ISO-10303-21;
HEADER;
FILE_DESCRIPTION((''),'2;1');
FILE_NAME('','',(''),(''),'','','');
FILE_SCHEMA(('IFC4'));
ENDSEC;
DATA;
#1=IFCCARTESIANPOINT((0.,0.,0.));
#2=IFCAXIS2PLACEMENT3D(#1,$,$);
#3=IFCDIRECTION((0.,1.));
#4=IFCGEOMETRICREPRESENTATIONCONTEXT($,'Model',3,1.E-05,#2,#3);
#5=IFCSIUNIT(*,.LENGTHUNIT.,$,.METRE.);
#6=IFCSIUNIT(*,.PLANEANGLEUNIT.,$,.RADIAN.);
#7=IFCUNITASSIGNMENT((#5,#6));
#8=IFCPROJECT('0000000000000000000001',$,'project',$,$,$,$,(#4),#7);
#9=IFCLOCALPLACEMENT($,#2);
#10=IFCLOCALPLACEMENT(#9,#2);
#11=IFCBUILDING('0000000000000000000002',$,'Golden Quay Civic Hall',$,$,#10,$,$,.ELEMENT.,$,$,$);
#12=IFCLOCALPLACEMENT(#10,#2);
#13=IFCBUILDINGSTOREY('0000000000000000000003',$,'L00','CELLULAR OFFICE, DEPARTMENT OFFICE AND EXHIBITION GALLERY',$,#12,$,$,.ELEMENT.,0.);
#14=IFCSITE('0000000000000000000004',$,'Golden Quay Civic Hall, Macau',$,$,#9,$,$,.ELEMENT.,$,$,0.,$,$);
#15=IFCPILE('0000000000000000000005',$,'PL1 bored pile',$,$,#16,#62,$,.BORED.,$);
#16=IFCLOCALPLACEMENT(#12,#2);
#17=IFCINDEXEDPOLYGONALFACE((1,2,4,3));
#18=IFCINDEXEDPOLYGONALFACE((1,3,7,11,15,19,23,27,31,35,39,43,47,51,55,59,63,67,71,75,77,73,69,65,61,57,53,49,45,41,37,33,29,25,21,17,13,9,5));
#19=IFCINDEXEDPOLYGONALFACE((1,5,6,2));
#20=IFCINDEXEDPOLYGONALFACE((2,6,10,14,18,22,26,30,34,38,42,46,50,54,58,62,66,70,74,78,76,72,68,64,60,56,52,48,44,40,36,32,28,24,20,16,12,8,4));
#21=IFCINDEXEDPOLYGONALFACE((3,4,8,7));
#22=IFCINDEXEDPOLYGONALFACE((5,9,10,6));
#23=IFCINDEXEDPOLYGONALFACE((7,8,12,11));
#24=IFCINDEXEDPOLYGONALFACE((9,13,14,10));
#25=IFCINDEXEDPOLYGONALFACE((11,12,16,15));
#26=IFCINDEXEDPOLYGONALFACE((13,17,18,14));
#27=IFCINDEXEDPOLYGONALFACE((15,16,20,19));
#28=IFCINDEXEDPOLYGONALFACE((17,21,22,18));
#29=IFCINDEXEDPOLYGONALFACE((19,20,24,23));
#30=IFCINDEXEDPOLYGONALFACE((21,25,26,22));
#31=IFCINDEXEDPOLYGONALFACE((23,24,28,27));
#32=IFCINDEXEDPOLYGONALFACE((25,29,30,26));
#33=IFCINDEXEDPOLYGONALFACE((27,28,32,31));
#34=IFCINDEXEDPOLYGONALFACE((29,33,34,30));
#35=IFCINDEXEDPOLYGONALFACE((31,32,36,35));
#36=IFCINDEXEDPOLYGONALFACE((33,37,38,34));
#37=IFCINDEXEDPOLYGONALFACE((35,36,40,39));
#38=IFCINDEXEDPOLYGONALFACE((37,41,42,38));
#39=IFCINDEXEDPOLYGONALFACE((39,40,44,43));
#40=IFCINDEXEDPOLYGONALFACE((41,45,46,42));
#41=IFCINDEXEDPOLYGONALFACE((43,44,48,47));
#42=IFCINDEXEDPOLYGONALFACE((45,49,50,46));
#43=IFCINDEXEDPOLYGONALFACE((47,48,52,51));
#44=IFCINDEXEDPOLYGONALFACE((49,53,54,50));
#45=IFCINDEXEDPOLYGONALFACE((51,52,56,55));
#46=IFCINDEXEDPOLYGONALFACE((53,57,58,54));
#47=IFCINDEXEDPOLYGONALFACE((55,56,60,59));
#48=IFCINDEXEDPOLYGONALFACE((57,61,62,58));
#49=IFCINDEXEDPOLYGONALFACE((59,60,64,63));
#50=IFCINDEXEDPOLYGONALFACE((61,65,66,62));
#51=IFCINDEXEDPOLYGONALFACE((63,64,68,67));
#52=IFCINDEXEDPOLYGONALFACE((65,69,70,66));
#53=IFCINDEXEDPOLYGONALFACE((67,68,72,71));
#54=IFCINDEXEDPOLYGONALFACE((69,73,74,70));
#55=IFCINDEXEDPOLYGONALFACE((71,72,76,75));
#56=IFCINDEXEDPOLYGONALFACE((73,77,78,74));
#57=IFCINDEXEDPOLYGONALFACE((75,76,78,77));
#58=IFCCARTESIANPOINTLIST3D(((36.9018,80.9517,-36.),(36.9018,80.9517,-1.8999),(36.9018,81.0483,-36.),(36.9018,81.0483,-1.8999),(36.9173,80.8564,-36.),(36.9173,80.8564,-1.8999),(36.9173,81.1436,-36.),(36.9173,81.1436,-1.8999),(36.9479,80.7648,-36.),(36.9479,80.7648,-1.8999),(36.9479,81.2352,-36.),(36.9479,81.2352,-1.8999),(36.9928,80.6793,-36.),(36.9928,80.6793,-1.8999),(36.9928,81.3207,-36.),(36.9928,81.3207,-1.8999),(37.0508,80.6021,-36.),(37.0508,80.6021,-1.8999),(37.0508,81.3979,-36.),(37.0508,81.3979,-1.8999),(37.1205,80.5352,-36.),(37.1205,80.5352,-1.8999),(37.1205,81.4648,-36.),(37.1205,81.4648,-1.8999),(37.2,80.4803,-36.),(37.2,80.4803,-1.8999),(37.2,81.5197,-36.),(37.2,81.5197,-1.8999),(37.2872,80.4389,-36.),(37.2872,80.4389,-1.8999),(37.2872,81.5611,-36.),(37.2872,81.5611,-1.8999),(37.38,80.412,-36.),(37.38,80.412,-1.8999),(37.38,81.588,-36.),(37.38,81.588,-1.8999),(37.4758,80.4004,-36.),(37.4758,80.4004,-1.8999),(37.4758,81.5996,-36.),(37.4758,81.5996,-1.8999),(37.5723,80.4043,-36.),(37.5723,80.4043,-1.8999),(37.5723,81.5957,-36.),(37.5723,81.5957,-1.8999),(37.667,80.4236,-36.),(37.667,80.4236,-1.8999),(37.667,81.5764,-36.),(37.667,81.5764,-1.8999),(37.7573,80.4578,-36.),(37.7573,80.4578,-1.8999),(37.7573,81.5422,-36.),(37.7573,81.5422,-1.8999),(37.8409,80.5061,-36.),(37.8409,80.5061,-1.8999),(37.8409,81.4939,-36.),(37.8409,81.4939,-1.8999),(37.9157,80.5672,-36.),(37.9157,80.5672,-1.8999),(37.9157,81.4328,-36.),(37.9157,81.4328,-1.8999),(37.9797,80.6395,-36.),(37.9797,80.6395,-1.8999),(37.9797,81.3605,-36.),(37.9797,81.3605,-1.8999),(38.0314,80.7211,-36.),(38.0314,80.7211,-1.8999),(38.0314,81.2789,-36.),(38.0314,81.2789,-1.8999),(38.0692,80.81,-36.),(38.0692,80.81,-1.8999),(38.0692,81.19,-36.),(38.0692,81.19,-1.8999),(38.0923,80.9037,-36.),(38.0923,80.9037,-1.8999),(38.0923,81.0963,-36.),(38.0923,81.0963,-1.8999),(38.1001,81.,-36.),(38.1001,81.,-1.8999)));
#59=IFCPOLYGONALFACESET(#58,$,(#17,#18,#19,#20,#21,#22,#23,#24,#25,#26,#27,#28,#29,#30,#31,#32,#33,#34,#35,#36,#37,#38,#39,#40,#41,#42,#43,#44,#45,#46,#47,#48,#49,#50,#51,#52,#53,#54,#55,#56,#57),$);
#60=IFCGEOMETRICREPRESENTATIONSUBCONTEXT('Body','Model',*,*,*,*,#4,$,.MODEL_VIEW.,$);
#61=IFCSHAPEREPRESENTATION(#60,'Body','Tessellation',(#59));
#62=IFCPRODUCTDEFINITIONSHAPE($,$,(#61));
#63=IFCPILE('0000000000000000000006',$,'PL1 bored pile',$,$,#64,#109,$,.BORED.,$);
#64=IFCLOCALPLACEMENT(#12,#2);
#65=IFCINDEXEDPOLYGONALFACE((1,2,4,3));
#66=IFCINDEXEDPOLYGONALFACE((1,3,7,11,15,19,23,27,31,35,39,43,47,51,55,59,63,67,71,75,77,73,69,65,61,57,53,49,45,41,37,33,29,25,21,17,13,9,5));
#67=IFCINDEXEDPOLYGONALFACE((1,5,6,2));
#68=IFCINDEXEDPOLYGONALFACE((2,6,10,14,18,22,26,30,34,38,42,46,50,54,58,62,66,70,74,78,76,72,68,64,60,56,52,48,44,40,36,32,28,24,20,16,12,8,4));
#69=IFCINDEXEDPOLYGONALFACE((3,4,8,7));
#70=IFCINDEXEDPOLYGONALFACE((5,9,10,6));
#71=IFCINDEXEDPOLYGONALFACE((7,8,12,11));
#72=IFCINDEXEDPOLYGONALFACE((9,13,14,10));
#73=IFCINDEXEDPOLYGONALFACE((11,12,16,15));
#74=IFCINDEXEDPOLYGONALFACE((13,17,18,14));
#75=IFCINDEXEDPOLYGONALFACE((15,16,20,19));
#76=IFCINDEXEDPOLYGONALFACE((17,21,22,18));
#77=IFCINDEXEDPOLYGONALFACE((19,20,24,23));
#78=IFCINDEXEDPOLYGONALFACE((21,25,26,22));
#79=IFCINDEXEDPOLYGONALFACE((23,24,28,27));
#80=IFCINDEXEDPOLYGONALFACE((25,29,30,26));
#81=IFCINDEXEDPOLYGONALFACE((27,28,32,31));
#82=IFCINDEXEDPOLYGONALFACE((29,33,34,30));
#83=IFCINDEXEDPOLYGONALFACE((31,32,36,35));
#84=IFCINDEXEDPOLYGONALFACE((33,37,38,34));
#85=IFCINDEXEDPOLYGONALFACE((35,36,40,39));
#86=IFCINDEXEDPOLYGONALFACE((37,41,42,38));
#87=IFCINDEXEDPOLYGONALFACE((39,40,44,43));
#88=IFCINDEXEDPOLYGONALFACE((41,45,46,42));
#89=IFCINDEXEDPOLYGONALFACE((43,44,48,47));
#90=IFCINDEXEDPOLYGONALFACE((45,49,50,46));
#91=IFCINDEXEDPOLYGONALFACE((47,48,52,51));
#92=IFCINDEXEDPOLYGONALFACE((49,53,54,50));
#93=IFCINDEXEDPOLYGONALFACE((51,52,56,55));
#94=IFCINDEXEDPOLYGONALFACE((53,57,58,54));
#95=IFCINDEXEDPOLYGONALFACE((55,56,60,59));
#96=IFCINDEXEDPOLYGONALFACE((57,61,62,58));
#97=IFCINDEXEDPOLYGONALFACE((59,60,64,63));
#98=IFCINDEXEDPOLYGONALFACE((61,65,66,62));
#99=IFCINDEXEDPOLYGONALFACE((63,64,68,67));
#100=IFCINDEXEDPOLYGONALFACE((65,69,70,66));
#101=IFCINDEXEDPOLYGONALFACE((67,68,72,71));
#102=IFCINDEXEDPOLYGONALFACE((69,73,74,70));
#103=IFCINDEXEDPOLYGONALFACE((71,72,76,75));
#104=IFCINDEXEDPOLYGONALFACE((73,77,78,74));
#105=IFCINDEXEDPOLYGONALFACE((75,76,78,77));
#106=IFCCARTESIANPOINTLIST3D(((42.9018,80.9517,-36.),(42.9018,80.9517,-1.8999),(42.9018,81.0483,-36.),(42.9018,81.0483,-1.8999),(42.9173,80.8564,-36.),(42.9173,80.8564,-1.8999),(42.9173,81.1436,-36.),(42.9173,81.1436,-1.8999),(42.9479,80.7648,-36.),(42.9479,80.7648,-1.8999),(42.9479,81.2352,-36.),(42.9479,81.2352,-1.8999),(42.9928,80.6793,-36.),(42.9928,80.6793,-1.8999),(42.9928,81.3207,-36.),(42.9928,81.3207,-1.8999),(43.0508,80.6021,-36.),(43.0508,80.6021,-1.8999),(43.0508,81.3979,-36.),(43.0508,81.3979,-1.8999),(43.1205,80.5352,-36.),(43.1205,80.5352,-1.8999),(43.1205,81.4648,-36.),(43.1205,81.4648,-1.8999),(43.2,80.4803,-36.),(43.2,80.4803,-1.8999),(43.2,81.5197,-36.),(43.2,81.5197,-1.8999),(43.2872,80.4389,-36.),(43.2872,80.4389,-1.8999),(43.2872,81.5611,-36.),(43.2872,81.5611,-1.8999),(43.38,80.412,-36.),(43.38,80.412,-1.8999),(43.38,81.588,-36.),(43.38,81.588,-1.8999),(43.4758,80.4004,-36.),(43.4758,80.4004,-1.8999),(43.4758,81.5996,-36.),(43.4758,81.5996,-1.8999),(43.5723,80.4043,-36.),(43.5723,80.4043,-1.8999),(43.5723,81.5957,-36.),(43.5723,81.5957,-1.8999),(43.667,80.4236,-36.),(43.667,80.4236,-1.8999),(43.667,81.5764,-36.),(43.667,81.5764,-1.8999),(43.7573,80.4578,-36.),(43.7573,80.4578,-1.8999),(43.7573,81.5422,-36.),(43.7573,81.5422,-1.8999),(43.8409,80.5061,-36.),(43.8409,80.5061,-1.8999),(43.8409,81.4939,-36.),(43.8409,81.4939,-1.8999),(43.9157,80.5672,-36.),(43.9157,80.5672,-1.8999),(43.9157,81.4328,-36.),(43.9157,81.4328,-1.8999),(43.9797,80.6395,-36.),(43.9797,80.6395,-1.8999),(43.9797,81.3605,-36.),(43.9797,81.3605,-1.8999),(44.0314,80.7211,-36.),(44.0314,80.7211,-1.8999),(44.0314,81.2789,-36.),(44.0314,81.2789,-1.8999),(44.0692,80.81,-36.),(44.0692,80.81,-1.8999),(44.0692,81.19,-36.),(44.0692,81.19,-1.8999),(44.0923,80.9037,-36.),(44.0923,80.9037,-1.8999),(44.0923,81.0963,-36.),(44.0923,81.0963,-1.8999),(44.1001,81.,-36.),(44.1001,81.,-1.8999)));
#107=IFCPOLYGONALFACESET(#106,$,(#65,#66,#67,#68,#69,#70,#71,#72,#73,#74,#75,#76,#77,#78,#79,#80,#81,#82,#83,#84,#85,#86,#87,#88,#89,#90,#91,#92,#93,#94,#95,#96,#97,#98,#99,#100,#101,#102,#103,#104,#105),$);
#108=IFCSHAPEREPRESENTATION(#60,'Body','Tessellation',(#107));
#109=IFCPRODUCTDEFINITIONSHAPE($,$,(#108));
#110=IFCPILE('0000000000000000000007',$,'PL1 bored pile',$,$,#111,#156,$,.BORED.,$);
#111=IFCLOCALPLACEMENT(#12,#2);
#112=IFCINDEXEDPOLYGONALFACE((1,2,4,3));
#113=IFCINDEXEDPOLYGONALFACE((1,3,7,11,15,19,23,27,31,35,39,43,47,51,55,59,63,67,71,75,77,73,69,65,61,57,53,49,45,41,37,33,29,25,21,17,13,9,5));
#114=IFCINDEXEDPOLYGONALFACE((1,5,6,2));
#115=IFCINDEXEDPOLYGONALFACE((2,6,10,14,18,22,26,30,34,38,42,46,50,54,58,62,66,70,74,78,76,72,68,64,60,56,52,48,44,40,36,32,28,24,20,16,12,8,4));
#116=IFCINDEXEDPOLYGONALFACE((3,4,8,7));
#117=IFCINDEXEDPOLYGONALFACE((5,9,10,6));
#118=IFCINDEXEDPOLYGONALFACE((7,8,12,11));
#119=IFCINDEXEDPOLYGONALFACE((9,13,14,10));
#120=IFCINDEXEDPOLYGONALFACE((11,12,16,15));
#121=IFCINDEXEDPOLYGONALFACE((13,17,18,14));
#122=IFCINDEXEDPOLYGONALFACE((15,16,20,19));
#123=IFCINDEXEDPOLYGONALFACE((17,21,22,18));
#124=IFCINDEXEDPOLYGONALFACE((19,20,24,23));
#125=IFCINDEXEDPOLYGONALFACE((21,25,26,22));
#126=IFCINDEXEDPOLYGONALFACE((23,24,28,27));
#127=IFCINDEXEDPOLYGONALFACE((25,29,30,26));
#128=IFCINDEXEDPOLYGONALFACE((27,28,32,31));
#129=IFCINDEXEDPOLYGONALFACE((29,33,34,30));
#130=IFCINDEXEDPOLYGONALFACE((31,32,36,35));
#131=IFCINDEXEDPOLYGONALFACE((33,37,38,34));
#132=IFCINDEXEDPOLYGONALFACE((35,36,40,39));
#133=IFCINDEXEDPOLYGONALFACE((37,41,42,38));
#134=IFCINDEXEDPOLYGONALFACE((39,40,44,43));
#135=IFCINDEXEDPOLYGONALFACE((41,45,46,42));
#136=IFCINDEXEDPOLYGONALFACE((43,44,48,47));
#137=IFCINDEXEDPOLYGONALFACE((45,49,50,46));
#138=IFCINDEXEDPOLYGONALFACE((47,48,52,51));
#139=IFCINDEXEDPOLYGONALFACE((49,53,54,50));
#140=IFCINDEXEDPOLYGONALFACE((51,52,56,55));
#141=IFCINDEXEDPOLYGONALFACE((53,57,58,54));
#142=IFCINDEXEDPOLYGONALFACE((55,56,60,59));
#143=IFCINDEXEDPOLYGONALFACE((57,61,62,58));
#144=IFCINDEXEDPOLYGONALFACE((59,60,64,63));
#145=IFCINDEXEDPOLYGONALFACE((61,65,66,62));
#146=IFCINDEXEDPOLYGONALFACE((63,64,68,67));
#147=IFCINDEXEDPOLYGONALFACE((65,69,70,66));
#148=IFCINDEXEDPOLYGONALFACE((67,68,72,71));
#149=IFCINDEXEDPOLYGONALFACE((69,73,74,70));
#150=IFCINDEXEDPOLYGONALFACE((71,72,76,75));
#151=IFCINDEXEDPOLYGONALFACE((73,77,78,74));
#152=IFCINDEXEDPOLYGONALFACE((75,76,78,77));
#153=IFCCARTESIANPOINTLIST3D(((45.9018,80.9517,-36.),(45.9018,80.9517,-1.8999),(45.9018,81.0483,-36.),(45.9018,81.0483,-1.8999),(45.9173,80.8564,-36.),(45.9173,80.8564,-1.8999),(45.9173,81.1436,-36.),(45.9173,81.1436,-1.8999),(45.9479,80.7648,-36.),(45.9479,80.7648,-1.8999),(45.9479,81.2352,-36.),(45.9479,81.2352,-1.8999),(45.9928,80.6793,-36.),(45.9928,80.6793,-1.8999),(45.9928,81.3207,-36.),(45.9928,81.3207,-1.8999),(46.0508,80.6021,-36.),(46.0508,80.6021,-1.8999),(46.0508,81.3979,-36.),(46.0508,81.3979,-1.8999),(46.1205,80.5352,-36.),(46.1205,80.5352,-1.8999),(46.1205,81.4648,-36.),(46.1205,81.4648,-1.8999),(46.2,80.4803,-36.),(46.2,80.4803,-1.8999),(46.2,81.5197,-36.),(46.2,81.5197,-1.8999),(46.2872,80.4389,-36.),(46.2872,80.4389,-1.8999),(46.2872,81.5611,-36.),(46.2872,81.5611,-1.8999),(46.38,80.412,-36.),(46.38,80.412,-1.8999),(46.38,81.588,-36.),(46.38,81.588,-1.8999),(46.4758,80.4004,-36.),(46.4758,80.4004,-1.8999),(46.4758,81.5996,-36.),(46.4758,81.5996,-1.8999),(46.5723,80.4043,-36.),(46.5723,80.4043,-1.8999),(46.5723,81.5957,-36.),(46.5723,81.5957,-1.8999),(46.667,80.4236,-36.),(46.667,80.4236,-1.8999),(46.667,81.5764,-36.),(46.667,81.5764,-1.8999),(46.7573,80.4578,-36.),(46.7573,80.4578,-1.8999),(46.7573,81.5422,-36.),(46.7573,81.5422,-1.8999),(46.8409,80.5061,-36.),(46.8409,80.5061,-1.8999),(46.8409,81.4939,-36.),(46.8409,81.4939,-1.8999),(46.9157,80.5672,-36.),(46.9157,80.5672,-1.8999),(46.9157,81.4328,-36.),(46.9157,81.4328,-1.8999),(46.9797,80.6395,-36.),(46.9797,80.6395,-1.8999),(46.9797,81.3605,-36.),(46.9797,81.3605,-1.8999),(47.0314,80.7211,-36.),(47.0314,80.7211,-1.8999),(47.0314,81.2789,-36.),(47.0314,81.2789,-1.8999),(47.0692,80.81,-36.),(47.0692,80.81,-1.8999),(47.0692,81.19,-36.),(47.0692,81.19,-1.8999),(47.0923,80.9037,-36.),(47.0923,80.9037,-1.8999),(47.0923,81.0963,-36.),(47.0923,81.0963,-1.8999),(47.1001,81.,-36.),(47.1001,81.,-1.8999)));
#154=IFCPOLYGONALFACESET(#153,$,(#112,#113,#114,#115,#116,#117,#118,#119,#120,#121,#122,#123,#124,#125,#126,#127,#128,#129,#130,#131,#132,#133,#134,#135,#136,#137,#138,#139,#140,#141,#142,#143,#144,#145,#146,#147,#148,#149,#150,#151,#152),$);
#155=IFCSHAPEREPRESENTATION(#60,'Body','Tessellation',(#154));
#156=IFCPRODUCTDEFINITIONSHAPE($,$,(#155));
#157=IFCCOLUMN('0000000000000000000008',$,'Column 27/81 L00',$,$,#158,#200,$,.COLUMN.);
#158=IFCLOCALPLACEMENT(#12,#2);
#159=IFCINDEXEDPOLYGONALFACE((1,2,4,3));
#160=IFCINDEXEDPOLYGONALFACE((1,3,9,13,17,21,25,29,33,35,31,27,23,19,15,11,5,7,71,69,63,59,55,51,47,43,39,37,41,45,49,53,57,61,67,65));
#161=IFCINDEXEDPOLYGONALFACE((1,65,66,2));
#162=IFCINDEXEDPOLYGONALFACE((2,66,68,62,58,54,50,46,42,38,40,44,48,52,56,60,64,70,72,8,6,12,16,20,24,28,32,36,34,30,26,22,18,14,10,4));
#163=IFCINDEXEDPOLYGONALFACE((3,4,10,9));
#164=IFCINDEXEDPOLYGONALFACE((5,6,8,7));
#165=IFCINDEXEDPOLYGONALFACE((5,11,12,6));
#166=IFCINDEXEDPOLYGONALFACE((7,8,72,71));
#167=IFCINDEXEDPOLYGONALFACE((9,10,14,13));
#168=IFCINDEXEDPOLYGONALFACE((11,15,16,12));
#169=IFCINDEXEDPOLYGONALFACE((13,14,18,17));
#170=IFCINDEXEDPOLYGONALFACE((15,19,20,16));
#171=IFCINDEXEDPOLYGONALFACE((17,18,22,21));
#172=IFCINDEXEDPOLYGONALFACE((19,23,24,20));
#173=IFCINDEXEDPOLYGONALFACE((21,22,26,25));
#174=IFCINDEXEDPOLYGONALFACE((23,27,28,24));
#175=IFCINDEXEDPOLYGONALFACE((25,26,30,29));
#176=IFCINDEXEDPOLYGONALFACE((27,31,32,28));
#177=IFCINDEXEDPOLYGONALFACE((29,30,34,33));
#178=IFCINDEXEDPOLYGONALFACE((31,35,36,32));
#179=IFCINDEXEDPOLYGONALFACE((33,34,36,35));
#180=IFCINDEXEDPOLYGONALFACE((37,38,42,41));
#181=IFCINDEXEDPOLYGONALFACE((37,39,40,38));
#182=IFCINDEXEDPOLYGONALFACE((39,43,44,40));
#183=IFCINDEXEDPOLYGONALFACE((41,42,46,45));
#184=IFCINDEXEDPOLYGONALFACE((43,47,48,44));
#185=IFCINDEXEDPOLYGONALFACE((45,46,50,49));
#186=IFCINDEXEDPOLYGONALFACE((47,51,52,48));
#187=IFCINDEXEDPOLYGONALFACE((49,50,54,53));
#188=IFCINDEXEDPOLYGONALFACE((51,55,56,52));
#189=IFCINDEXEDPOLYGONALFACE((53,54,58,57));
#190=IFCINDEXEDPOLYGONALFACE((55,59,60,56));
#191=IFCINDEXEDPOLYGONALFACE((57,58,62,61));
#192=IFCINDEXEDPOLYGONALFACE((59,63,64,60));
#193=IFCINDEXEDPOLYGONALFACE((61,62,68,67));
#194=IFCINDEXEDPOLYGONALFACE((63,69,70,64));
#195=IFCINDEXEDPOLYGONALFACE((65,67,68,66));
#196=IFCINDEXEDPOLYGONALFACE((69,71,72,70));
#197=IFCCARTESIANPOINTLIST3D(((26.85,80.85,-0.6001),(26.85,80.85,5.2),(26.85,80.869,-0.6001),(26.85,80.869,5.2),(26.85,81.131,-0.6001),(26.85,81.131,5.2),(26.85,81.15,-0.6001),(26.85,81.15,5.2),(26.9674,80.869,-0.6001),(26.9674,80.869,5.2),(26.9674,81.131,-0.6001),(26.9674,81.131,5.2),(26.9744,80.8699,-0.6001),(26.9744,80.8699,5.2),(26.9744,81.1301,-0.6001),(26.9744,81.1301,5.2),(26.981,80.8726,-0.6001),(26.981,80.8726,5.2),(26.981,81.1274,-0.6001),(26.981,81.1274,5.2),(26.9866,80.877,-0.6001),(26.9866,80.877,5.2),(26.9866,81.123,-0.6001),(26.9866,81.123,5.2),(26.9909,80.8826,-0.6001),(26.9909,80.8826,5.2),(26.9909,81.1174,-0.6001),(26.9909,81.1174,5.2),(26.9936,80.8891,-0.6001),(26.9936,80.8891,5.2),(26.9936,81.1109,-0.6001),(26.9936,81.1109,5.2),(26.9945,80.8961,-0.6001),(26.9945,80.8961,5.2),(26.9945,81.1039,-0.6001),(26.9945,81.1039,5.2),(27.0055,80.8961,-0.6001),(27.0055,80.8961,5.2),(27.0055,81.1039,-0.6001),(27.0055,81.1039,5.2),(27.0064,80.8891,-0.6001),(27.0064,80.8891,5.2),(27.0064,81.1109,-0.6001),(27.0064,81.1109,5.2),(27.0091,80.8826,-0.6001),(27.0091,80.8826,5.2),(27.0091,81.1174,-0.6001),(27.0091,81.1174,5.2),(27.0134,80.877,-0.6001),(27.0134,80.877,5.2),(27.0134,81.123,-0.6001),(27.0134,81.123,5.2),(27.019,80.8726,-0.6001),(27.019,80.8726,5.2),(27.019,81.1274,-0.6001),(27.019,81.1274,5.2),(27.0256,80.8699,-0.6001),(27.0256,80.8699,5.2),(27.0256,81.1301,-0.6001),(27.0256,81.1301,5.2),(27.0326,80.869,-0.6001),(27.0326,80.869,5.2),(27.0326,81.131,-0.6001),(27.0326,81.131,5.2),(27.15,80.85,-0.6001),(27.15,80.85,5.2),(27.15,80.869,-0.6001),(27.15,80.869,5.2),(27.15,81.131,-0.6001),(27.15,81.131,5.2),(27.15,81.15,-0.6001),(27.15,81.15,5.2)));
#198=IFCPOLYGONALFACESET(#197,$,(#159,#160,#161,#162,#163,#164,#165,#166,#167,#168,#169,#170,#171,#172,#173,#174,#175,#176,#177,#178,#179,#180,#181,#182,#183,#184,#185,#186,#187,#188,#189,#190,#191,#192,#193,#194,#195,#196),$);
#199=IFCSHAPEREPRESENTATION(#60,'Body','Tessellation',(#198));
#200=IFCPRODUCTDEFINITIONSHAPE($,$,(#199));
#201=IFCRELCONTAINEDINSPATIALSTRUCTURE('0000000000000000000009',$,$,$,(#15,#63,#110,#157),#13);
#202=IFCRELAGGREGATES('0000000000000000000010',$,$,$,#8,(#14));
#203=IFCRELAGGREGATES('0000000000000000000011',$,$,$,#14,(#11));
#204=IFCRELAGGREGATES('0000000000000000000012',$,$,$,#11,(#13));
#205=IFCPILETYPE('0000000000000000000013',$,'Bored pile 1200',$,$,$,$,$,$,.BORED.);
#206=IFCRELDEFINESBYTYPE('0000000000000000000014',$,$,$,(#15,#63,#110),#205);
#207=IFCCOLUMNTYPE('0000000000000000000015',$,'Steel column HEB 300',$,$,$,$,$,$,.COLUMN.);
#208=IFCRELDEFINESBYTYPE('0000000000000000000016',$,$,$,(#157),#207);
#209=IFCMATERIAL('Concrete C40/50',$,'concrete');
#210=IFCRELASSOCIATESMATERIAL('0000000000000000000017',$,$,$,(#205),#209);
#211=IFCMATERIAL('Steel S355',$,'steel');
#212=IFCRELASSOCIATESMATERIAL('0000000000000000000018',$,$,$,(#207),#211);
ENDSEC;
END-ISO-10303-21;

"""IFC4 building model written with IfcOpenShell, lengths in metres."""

from ifc_helpers import new_model, si_unit, direction, frame, origin, origin_2d, place, context, subcontext, project, spatial, circle, i_section, extrude, material, material_profile, profile_set, type_object, element, save


model = new_model("IFC4")

# Units and contexts
model_context = context("Model", 3, precision=1e-05, world=origin(), true_north=direction((0.0, 1.0)))
body_context = subcontext(model_context, "Body", "Model", "MODEL_VIEW")
ifc_project = project(units=[si_unit("LENGTHUNIT", "METRE"), si_unit("PLANEANGLEUNIT", "RADIAN")], contexts=[model_context])

# Site, building, storey
site_placement = place(None, origin())
site = spatial("IfcSite", under=ifc_project, at=site_placement, Name="Golden Quay Civic Hall, Macau", CompositionType="ELEMENT", RefElevation=0.0)
building_placement = place(site_placement, origin())
building = spatial("IfcBuilding", under=site, at=building_placement, Name="Golden Quay Civic Hall", CompositionType="ELEMENT")
storey_placement = place(building_placement, origin())
storey = spatial("IfcBuildingStorey", under=building, at=storey_placement, Name="L00", Description="CELLULAR OFFICE, DEPARTMENT OFFICE AND EXHIBITION GALLERY", CompositionType="ELEMENT", Elevation=0.0)

# Piles
ifc_material_1 = material(Name="Concrete C40/50", Category="concrete")
ifc_material_profile_1 = material_profile(ifc_material_1, circle(Radius=0.6001, at=origin_2d()), Name="RC D1200")
ifc_profile_set_1 = profile_set([ifc_material_profile_1], Name="Concrete C40/50")
pile_type = type_object("IfcPileType", Name="Bored pile 1200", PredefinedType="BORED", material=ifc_profile_set_1)
for number, where, z_axis, x_axis, name in (
    (1, (37.5, 81.0, -1.8999), (0.0, 0.0, -1.0), (1.0, 0.0, 0.0), "PL1 bored pile"),
    (2, (43.5, 81.0, -1.8999), (0.0, 0.0, -1.0), (1.0, 0.0, 0.0), "PL1 bored pile"),
    (3, (46.5, 81.0, -1.8999), (0.0, 0.0, -1.0), (1.0, 0.0, 0.0), "PL1 bored pile"),
):
    element("IfcPile", number, at=place(storey_placement, frame(where, z_axis=z_axis, x_axis=x_axis)), inside=storey, type_object=pile_type, Name=name, PredefinedType="BORED", context=body_context, shape_type="SweptSolid", body=[
        extrude(circle(Radius=0.6001, at=origin_2d()), origin(), (0.0, 0.0, 1.0), 34.1001),
    ])

# Column
ifc_material_2 = material(Name="Steel S355", Category="steel")
ifc_material_profile_2 = material_profile(ifc_material_2, i_section(OverallWidth=0.3, OverallDepth=0.3, WebThickness=0.011, FlangeThickness=0.019, FilletRadius=0.0271, at=origin_2d()), Name="HEB 300")
ifc_profile_set_2 = profile_set([ifc_material_profile_2], Name="Steel S355")
column_type = type_object("IfcColumnType", Name="Steel column HEB 300", PredefinedType="COLUMN", material=ifc_profile_set_2)
for number, where, z_axis, x_axis, name in (
    (4, (27.0, 81.0, -0.6001), (0.0, 0.0, 1.0), (1.0, 0.0, 0.0), "Column 27/81 L00"),
):
    element("IfcColumn", number, at=place(storey_placement, frame(where, z_axis=z_axis, x_axis=x_axis)), inside=storey, type_object=column_type, Name=name, PredefinedType="COLUMN", context=body_context, shape_type="SweptSolid", body=[
        extrude(i_section(OverallWidth=0.3, OverallDepth=0.3, WebThickness=0.011, FlangeThickness=0.019, FilletRadius=0.0271, at=origin_2d()), origin(), (0.0, 0.0, 1.0), 5.8),
    ])

save(model, "model.ifc")
